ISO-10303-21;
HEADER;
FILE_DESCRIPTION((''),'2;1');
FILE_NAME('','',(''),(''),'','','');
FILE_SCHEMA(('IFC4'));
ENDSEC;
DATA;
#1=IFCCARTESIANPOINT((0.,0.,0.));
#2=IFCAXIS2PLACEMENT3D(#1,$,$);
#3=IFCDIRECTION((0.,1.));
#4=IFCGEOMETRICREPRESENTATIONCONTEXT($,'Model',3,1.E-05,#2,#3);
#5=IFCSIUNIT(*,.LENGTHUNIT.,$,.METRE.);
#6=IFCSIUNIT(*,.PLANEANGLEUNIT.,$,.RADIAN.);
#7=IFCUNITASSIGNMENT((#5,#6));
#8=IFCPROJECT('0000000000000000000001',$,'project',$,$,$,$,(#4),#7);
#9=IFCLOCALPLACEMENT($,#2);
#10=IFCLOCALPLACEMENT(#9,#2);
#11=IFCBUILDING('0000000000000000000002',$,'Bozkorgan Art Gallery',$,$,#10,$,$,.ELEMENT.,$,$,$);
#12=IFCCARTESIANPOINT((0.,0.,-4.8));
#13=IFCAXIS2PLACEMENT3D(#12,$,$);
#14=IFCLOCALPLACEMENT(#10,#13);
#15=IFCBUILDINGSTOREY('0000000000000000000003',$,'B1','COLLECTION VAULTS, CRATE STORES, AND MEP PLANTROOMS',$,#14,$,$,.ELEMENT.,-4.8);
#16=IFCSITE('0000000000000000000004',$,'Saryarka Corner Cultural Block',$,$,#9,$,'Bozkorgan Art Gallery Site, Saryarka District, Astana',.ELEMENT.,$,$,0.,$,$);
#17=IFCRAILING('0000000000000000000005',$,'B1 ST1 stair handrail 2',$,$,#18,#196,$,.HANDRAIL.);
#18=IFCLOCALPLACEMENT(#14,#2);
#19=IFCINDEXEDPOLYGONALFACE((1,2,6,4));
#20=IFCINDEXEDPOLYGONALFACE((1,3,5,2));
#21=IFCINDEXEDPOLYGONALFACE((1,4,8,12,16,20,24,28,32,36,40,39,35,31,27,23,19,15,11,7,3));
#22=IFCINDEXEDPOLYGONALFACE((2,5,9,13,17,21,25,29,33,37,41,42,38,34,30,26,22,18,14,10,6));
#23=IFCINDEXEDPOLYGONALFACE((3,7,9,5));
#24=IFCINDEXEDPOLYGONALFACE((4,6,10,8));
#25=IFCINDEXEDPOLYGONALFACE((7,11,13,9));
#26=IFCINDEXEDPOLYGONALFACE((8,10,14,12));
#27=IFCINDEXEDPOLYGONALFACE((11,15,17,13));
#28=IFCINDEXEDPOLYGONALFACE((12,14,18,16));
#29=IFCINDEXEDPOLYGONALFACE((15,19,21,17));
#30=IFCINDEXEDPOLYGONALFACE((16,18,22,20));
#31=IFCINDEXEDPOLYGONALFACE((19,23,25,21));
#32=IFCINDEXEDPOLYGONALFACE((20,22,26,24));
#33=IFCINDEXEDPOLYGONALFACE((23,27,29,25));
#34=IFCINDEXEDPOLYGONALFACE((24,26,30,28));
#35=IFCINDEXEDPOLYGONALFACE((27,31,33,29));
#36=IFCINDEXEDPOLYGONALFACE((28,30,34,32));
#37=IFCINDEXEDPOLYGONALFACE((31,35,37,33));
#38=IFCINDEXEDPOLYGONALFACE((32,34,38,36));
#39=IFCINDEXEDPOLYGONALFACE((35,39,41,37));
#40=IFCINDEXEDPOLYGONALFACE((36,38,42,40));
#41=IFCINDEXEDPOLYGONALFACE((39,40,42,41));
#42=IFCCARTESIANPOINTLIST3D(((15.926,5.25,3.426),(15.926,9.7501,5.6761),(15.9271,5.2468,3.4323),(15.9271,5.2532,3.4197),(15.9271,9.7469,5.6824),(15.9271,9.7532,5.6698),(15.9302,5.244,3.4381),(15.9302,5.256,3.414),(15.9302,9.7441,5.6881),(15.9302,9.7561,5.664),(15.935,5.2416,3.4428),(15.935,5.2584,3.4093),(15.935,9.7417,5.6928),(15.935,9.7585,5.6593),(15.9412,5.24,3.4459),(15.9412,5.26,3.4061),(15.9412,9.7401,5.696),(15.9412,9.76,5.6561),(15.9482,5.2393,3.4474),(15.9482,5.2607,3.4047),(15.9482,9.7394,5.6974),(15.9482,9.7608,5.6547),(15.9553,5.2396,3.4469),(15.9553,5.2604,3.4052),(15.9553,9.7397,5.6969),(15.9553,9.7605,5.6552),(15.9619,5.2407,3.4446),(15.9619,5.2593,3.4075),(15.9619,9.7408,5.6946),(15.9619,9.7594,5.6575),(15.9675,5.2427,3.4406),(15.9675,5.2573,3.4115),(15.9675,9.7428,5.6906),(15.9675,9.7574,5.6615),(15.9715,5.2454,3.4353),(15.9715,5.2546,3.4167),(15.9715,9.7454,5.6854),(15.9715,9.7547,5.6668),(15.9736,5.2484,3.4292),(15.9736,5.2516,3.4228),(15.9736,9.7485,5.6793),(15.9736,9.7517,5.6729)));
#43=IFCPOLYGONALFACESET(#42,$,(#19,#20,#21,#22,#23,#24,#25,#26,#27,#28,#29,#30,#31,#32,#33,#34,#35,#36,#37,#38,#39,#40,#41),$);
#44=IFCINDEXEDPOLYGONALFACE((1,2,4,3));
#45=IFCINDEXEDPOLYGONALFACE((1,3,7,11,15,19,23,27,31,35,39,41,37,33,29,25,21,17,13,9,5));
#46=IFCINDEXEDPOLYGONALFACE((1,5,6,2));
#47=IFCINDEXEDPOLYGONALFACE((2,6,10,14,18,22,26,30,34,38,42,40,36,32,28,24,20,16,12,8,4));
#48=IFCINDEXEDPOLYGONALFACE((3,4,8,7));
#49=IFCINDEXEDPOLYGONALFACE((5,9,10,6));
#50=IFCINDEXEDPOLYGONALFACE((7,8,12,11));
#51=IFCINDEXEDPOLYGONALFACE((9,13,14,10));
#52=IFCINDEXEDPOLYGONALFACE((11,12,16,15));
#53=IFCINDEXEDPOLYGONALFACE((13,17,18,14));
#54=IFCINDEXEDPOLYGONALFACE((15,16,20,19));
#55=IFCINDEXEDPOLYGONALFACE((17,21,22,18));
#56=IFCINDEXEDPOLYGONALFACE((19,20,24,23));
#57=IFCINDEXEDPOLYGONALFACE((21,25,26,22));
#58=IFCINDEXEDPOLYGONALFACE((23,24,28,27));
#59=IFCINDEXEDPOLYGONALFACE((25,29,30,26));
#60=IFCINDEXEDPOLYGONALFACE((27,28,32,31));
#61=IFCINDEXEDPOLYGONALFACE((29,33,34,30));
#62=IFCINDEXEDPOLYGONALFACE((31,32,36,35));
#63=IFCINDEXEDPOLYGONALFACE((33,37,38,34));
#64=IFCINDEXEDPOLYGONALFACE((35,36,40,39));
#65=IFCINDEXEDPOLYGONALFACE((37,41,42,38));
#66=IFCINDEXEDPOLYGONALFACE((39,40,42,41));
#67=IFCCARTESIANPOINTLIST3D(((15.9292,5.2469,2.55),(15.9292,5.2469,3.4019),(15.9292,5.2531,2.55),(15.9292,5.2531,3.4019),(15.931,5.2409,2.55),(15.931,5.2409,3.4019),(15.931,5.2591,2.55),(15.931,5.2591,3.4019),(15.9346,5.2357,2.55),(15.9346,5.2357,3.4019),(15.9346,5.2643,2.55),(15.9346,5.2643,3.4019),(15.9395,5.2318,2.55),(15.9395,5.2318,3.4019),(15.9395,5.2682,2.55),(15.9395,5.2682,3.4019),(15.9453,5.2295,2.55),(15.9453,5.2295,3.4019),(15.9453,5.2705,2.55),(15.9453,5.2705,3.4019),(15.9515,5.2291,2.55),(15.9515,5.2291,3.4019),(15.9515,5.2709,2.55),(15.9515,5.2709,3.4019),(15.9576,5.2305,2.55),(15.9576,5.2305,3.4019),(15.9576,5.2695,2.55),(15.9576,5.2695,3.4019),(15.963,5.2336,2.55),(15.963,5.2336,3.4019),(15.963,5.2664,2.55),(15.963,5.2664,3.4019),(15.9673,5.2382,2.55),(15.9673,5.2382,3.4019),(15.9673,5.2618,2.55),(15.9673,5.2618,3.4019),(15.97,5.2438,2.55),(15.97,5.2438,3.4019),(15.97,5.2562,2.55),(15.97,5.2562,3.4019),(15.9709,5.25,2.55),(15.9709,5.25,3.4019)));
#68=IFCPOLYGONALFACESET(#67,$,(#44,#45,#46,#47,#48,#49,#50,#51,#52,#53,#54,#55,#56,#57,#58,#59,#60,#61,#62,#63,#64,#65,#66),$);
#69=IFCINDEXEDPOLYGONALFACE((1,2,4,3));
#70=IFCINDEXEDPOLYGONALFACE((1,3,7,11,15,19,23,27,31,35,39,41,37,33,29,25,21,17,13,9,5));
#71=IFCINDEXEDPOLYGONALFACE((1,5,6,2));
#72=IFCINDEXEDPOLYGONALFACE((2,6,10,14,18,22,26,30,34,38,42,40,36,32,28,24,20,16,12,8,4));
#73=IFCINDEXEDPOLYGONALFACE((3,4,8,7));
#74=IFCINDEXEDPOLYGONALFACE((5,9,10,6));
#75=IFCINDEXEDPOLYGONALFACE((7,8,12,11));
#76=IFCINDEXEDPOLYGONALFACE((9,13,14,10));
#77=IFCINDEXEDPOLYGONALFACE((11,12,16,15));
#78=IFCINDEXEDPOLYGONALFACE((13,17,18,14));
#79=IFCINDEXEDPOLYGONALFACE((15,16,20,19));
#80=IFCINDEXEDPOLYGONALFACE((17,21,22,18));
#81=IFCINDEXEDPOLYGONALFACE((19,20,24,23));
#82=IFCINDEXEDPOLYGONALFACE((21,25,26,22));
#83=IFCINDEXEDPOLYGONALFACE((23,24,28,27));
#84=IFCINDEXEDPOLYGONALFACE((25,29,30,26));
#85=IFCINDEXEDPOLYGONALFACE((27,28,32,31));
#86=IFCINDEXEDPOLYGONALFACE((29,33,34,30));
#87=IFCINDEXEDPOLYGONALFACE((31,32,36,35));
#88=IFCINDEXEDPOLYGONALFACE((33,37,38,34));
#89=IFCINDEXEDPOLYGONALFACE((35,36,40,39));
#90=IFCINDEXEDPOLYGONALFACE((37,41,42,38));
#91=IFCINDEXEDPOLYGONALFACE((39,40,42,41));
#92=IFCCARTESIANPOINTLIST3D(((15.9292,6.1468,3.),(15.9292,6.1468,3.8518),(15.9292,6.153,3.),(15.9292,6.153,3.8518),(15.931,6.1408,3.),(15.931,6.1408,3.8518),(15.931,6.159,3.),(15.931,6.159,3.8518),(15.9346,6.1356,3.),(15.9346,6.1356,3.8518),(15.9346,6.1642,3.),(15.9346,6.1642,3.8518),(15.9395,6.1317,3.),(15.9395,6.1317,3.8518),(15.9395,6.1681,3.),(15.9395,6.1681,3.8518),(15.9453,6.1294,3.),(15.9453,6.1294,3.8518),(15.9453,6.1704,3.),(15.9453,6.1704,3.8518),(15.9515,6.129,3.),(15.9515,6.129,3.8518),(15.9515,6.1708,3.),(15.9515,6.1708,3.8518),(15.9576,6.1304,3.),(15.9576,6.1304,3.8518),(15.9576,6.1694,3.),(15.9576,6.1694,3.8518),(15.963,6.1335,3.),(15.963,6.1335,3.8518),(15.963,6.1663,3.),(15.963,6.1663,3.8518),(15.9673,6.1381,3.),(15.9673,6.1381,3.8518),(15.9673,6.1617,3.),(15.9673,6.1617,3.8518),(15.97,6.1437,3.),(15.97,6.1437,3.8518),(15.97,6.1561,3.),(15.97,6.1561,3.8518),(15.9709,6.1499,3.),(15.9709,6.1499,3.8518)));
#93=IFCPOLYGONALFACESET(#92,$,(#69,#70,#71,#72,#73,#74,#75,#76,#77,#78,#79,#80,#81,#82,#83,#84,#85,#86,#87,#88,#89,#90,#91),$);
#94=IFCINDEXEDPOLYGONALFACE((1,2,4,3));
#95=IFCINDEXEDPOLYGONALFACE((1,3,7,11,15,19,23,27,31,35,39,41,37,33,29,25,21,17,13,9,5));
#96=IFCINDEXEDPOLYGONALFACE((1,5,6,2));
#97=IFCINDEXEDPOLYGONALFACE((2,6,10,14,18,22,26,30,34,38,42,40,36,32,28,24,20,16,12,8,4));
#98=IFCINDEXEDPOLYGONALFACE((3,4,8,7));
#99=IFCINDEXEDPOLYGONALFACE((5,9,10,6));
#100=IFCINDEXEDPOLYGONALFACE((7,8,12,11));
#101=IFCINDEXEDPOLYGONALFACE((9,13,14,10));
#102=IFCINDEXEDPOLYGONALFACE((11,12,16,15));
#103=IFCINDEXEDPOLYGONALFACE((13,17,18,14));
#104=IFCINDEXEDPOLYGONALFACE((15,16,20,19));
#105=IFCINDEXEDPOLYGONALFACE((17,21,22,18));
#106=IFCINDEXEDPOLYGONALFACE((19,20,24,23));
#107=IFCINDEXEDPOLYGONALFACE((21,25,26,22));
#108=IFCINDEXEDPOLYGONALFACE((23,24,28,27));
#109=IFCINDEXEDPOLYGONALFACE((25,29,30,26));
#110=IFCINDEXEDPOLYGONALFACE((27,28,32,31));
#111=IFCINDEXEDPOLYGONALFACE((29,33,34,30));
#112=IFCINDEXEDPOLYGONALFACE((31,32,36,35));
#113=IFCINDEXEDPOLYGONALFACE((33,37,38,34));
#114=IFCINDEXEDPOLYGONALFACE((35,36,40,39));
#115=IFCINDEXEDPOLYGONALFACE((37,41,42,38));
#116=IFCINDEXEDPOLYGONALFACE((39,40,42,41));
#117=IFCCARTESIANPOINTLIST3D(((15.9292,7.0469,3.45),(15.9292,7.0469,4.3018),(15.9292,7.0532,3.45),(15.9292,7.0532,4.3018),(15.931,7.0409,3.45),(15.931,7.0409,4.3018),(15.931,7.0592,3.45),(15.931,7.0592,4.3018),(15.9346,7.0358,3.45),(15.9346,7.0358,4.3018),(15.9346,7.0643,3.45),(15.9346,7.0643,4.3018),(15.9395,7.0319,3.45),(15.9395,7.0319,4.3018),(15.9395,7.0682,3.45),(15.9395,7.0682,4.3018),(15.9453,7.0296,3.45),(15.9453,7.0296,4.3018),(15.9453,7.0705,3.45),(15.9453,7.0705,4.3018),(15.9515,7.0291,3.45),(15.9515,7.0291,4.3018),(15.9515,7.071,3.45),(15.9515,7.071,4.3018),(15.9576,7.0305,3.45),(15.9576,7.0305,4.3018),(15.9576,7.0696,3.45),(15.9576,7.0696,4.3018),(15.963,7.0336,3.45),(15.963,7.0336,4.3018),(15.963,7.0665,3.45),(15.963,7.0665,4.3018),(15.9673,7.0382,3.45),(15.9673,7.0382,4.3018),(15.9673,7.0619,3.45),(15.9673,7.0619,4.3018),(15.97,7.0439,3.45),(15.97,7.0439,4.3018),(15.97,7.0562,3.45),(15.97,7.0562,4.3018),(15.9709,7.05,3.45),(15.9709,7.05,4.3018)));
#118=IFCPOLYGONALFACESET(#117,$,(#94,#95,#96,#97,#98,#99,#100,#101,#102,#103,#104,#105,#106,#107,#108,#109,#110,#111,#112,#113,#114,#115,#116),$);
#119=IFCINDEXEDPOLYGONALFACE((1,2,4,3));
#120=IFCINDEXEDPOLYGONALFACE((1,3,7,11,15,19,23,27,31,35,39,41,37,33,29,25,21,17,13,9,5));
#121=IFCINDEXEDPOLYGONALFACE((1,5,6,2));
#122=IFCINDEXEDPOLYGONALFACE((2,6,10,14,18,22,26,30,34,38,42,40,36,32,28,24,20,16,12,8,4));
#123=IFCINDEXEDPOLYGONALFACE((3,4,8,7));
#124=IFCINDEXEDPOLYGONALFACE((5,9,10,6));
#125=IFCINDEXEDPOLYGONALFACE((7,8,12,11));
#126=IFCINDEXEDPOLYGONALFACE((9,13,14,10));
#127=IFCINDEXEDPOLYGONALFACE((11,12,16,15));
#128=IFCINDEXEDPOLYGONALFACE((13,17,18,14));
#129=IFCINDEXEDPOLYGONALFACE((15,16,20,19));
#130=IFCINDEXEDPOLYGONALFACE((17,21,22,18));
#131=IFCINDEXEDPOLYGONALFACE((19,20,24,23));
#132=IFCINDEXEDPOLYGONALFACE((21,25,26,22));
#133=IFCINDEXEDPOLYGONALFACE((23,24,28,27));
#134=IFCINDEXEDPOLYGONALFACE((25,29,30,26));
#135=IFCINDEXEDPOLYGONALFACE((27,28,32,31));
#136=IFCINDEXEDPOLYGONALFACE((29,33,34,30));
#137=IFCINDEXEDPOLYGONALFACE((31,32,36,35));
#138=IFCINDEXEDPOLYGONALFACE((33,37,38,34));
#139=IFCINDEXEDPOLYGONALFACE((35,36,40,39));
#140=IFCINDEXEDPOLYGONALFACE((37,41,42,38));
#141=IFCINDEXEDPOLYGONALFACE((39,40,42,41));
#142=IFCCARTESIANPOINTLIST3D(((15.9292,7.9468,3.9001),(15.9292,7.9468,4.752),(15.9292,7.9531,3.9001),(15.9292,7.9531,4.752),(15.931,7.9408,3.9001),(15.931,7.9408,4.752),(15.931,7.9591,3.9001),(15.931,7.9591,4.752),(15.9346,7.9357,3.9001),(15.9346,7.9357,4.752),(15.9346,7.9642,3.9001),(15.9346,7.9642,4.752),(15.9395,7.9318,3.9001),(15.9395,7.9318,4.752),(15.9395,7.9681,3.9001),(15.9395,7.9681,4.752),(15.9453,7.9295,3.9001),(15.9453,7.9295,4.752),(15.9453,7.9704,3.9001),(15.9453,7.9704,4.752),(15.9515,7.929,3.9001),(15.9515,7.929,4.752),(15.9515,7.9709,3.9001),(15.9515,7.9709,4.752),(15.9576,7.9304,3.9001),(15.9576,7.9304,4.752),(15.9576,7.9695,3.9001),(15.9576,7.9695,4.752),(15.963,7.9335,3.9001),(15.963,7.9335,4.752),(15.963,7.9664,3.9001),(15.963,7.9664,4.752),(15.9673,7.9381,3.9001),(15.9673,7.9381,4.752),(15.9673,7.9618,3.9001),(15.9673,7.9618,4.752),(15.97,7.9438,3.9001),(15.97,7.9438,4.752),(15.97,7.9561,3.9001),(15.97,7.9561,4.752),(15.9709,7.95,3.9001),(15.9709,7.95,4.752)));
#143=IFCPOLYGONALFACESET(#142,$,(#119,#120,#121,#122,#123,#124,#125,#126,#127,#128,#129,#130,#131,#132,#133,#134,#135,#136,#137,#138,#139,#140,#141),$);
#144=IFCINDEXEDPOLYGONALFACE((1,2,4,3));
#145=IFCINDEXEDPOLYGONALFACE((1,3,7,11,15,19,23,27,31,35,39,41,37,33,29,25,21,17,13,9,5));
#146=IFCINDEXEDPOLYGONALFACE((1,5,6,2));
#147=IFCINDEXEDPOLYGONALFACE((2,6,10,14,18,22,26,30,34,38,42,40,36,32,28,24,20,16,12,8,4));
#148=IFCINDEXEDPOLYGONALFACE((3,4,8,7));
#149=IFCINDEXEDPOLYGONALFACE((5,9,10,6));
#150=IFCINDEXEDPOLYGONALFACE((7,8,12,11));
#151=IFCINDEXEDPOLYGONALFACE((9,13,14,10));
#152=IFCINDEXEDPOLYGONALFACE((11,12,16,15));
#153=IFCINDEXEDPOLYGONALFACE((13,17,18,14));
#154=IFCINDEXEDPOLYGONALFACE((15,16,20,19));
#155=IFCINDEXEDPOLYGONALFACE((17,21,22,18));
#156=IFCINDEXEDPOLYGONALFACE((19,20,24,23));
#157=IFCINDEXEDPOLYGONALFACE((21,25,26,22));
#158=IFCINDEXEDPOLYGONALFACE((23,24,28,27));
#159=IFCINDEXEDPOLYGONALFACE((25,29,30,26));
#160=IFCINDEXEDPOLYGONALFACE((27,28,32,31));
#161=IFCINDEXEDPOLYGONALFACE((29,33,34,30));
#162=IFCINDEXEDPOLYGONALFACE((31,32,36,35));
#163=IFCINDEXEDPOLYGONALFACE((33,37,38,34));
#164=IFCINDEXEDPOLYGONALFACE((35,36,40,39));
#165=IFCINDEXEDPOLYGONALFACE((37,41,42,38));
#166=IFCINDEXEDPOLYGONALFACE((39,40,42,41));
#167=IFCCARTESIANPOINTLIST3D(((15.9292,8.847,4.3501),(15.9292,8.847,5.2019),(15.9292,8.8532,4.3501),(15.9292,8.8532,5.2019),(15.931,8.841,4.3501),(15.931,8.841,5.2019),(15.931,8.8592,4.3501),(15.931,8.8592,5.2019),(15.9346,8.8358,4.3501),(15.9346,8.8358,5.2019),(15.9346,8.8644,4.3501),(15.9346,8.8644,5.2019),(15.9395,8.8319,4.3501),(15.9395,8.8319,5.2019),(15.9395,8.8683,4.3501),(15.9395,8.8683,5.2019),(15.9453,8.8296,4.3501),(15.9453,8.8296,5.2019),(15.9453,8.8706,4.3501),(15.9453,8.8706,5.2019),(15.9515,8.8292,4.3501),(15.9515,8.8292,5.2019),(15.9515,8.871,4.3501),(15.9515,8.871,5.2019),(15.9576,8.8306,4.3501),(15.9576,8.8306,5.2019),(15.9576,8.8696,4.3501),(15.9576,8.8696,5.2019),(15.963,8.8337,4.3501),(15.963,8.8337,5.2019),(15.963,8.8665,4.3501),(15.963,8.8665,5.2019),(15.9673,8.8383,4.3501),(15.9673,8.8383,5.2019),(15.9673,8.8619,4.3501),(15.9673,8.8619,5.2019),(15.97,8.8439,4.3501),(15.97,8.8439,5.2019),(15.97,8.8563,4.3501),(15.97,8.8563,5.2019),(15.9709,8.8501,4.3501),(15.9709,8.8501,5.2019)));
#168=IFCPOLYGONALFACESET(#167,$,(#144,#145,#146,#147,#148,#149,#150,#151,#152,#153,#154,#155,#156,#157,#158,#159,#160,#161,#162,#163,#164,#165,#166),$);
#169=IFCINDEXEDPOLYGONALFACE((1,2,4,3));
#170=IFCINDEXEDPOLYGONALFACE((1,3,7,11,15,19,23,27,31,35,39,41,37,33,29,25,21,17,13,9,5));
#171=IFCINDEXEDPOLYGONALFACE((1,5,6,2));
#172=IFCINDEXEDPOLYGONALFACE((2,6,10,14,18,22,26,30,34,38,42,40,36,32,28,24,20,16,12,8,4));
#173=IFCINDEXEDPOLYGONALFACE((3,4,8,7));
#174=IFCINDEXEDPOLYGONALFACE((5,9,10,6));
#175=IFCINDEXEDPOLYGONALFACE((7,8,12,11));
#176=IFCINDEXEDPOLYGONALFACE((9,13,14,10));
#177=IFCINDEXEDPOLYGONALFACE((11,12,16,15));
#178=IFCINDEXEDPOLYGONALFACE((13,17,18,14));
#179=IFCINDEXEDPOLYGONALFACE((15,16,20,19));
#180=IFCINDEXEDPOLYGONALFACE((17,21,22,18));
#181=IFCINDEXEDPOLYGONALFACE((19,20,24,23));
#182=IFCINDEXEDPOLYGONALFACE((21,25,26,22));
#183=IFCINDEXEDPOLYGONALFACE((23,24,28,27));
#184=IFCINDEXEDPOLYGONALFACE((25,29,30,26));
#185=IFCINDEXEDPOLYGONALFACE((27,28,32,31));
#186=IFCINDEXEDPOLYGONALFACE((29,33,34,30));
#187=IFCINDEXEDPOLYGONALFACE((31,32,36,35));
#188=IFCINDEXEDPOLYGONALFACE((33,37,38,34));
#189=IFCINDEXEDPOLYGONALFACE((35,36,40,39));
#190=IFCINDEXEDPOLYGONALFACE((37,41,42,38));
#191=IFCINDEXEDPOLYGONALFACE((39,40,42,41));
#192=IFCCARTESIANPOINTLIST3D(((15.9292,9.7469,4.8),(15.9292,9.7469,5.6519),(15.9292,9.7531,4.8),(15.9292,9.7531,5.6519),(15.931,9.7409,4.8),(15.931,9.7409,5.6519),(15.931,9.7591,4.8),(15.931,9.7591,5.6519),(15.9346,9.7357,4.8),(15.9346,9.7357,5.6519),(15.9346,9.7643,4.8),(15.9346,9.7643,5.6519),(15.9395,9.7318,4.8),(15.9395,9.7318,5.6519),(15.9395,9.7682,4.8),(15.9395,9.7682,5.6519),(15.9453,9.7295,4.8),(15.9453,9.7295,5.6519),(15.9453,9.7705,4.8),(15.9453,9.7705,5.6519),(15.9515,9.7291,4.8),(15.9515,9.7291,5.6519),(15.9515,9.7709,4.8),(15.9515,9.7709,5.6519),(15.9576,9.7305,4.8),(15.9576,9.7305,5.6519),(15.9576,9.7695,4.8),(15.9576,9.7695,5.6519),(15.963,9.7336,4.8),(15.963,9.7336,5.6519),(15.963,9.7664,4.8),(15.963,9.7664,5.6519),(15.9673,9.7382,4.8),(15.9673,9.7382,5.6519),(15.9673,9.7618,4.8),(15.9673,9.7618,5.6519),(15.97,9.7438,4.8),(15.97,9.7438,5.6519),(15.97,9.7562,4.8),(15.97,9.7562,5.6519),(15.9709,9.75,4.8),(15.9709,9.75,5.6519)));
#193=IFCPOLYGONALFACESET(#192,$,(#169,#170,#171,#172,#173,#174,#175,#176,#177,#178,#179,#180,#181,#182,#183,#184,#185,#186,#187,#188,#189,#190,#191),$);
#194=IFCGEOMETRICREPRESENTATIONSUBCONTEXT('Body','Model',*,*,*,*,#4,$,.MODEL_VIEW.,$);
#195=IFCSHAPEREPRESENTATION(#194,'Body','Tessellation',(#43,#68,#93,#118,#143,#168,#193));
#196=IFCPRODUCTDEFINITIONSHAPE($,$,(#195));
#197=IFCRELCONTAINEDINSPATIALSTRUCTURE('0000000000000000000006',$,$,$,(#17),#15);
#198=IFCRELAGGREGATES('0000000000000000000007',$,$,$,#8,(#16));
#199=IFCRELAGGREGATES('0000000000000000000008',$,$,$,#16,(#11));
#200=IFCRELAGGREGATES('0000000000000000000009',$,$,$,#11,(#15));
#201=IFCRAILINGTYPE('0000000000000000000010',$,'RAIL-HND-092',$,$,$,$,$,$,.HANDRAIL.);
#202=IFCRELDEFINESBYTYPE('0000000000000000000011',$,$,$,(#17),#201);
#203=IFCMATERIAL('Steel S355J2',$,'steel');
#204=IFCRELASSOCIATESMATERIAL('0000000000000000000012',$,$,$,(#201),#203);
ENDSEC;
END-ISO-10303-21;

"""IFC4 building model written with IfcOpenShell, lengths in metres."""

from ifc_helpers import new_model, si_unit, direction, frame, origin, origin_2d, place, context, subcontext, project, spatial, circle, extrude, material, type_object, element, save


model = new_model("IFC4")

# Units and contexts
model_context = context("Model", 3, precision=1e-05, world=origin(), true_north=direction((0.0, 1.0)))
body_context = subcontext(model_context, "Body", "Model", "MODEL_VIEW")
ifc_project = project(units=[si_unit("LENGTHUNIT", "METRE"), si_unit("PLANEANGLEUNIT", "RADIAN")], contexts=[model_context])

# Site, building, storey
site_placement = place(None, origin())
site = spatial("IfcSite", under=ifc_project, at=site_placement, Name="Saryarka Corner Cultural Block", LongName="Bozkorgan Art Gallery Site, Saryarka District, Astana", CompositionType="ELEMENT", RefElevation=0.0)
building_placement = place(site_placement, origin())
building = spatial("IfcBuilding", under=site, at=building_placement, Name="Bozkorgan Art Gallery", CompositionType="ELEMENT")
storey_placement = place(building_placement, frame((0.0, 0.0, -4.8)))
storey = spatial("IfcBuildingStorey", under=building, at=storey_placement, Name="B1", Description="COLLECTION VAULTS, CRATE STORES, AND MEP PLANTROOMS", CompositionType="ELEMENT", Elevation=-4.8)

# Shared definitions
ifc_material_1 = material(Name="Steel S355J2", Category="steel")

# Railing
railing_type_1 = type_object("IfcRailingType", Name="RAIL-HND-092", PredefinedType="HANDRAIL", material=ifc_material_1)
railing_1_placement = place(storey_placement, frame((15.95, 5.25, 2.55)))
element("IfcRailing", 1, at=railing_1_placement, inside=storey, type_object=railing_type_1, Name="B1 ST1 stair handrail 2", PredefinedType="HANDRAIL", context=body_context, shape_type="SweptSolid", body=[
    extrude(circle(Radius=0.0239, at=origin_2d()), frame((0.0, 0.0, 0.876), z_axis=(0.0, 0.894427, 0.447214), x_axis=(-1.0, 0.0, 0.0)), (0.0, 0.0, 1.0), 5.0312),
    extrude(circle(Radius=0.021, at=origin_2d()), origin(), (0.0, 0.0, 1.0), 0.8518),
    extrude(circle(Radius=0.021, at=origin_2d()), frame((0.0, 0.8999, 0.45)), (0.0, 0.0, 1.0), 0.8518),
    extrude(circle(Radius=0.021, at=origin_2d()), frame((0.0, 1.8, 0.8999)), (0.0, 0.0, 1.0), 0.8518),
    extrude(circle(Radius=0.021, at=origin_2d()), frame((0.0, 2.7, 1.3501)), (0.0, 0.0, 1.0), 0.8518),
    extrude(circle(Radius=0.021, at=origin_2d()), frame((0.0, 3.6001, 1.8)), (0.0, 0.0, 1.0), 0.8518),
    extrude(circle(Radius=0.021, at=origin_2d()), frame((0.0, 4.5, 2.25)), (0.0, 0.0, 1.0), 0.8518),
])

save(model, "model.ifc")
